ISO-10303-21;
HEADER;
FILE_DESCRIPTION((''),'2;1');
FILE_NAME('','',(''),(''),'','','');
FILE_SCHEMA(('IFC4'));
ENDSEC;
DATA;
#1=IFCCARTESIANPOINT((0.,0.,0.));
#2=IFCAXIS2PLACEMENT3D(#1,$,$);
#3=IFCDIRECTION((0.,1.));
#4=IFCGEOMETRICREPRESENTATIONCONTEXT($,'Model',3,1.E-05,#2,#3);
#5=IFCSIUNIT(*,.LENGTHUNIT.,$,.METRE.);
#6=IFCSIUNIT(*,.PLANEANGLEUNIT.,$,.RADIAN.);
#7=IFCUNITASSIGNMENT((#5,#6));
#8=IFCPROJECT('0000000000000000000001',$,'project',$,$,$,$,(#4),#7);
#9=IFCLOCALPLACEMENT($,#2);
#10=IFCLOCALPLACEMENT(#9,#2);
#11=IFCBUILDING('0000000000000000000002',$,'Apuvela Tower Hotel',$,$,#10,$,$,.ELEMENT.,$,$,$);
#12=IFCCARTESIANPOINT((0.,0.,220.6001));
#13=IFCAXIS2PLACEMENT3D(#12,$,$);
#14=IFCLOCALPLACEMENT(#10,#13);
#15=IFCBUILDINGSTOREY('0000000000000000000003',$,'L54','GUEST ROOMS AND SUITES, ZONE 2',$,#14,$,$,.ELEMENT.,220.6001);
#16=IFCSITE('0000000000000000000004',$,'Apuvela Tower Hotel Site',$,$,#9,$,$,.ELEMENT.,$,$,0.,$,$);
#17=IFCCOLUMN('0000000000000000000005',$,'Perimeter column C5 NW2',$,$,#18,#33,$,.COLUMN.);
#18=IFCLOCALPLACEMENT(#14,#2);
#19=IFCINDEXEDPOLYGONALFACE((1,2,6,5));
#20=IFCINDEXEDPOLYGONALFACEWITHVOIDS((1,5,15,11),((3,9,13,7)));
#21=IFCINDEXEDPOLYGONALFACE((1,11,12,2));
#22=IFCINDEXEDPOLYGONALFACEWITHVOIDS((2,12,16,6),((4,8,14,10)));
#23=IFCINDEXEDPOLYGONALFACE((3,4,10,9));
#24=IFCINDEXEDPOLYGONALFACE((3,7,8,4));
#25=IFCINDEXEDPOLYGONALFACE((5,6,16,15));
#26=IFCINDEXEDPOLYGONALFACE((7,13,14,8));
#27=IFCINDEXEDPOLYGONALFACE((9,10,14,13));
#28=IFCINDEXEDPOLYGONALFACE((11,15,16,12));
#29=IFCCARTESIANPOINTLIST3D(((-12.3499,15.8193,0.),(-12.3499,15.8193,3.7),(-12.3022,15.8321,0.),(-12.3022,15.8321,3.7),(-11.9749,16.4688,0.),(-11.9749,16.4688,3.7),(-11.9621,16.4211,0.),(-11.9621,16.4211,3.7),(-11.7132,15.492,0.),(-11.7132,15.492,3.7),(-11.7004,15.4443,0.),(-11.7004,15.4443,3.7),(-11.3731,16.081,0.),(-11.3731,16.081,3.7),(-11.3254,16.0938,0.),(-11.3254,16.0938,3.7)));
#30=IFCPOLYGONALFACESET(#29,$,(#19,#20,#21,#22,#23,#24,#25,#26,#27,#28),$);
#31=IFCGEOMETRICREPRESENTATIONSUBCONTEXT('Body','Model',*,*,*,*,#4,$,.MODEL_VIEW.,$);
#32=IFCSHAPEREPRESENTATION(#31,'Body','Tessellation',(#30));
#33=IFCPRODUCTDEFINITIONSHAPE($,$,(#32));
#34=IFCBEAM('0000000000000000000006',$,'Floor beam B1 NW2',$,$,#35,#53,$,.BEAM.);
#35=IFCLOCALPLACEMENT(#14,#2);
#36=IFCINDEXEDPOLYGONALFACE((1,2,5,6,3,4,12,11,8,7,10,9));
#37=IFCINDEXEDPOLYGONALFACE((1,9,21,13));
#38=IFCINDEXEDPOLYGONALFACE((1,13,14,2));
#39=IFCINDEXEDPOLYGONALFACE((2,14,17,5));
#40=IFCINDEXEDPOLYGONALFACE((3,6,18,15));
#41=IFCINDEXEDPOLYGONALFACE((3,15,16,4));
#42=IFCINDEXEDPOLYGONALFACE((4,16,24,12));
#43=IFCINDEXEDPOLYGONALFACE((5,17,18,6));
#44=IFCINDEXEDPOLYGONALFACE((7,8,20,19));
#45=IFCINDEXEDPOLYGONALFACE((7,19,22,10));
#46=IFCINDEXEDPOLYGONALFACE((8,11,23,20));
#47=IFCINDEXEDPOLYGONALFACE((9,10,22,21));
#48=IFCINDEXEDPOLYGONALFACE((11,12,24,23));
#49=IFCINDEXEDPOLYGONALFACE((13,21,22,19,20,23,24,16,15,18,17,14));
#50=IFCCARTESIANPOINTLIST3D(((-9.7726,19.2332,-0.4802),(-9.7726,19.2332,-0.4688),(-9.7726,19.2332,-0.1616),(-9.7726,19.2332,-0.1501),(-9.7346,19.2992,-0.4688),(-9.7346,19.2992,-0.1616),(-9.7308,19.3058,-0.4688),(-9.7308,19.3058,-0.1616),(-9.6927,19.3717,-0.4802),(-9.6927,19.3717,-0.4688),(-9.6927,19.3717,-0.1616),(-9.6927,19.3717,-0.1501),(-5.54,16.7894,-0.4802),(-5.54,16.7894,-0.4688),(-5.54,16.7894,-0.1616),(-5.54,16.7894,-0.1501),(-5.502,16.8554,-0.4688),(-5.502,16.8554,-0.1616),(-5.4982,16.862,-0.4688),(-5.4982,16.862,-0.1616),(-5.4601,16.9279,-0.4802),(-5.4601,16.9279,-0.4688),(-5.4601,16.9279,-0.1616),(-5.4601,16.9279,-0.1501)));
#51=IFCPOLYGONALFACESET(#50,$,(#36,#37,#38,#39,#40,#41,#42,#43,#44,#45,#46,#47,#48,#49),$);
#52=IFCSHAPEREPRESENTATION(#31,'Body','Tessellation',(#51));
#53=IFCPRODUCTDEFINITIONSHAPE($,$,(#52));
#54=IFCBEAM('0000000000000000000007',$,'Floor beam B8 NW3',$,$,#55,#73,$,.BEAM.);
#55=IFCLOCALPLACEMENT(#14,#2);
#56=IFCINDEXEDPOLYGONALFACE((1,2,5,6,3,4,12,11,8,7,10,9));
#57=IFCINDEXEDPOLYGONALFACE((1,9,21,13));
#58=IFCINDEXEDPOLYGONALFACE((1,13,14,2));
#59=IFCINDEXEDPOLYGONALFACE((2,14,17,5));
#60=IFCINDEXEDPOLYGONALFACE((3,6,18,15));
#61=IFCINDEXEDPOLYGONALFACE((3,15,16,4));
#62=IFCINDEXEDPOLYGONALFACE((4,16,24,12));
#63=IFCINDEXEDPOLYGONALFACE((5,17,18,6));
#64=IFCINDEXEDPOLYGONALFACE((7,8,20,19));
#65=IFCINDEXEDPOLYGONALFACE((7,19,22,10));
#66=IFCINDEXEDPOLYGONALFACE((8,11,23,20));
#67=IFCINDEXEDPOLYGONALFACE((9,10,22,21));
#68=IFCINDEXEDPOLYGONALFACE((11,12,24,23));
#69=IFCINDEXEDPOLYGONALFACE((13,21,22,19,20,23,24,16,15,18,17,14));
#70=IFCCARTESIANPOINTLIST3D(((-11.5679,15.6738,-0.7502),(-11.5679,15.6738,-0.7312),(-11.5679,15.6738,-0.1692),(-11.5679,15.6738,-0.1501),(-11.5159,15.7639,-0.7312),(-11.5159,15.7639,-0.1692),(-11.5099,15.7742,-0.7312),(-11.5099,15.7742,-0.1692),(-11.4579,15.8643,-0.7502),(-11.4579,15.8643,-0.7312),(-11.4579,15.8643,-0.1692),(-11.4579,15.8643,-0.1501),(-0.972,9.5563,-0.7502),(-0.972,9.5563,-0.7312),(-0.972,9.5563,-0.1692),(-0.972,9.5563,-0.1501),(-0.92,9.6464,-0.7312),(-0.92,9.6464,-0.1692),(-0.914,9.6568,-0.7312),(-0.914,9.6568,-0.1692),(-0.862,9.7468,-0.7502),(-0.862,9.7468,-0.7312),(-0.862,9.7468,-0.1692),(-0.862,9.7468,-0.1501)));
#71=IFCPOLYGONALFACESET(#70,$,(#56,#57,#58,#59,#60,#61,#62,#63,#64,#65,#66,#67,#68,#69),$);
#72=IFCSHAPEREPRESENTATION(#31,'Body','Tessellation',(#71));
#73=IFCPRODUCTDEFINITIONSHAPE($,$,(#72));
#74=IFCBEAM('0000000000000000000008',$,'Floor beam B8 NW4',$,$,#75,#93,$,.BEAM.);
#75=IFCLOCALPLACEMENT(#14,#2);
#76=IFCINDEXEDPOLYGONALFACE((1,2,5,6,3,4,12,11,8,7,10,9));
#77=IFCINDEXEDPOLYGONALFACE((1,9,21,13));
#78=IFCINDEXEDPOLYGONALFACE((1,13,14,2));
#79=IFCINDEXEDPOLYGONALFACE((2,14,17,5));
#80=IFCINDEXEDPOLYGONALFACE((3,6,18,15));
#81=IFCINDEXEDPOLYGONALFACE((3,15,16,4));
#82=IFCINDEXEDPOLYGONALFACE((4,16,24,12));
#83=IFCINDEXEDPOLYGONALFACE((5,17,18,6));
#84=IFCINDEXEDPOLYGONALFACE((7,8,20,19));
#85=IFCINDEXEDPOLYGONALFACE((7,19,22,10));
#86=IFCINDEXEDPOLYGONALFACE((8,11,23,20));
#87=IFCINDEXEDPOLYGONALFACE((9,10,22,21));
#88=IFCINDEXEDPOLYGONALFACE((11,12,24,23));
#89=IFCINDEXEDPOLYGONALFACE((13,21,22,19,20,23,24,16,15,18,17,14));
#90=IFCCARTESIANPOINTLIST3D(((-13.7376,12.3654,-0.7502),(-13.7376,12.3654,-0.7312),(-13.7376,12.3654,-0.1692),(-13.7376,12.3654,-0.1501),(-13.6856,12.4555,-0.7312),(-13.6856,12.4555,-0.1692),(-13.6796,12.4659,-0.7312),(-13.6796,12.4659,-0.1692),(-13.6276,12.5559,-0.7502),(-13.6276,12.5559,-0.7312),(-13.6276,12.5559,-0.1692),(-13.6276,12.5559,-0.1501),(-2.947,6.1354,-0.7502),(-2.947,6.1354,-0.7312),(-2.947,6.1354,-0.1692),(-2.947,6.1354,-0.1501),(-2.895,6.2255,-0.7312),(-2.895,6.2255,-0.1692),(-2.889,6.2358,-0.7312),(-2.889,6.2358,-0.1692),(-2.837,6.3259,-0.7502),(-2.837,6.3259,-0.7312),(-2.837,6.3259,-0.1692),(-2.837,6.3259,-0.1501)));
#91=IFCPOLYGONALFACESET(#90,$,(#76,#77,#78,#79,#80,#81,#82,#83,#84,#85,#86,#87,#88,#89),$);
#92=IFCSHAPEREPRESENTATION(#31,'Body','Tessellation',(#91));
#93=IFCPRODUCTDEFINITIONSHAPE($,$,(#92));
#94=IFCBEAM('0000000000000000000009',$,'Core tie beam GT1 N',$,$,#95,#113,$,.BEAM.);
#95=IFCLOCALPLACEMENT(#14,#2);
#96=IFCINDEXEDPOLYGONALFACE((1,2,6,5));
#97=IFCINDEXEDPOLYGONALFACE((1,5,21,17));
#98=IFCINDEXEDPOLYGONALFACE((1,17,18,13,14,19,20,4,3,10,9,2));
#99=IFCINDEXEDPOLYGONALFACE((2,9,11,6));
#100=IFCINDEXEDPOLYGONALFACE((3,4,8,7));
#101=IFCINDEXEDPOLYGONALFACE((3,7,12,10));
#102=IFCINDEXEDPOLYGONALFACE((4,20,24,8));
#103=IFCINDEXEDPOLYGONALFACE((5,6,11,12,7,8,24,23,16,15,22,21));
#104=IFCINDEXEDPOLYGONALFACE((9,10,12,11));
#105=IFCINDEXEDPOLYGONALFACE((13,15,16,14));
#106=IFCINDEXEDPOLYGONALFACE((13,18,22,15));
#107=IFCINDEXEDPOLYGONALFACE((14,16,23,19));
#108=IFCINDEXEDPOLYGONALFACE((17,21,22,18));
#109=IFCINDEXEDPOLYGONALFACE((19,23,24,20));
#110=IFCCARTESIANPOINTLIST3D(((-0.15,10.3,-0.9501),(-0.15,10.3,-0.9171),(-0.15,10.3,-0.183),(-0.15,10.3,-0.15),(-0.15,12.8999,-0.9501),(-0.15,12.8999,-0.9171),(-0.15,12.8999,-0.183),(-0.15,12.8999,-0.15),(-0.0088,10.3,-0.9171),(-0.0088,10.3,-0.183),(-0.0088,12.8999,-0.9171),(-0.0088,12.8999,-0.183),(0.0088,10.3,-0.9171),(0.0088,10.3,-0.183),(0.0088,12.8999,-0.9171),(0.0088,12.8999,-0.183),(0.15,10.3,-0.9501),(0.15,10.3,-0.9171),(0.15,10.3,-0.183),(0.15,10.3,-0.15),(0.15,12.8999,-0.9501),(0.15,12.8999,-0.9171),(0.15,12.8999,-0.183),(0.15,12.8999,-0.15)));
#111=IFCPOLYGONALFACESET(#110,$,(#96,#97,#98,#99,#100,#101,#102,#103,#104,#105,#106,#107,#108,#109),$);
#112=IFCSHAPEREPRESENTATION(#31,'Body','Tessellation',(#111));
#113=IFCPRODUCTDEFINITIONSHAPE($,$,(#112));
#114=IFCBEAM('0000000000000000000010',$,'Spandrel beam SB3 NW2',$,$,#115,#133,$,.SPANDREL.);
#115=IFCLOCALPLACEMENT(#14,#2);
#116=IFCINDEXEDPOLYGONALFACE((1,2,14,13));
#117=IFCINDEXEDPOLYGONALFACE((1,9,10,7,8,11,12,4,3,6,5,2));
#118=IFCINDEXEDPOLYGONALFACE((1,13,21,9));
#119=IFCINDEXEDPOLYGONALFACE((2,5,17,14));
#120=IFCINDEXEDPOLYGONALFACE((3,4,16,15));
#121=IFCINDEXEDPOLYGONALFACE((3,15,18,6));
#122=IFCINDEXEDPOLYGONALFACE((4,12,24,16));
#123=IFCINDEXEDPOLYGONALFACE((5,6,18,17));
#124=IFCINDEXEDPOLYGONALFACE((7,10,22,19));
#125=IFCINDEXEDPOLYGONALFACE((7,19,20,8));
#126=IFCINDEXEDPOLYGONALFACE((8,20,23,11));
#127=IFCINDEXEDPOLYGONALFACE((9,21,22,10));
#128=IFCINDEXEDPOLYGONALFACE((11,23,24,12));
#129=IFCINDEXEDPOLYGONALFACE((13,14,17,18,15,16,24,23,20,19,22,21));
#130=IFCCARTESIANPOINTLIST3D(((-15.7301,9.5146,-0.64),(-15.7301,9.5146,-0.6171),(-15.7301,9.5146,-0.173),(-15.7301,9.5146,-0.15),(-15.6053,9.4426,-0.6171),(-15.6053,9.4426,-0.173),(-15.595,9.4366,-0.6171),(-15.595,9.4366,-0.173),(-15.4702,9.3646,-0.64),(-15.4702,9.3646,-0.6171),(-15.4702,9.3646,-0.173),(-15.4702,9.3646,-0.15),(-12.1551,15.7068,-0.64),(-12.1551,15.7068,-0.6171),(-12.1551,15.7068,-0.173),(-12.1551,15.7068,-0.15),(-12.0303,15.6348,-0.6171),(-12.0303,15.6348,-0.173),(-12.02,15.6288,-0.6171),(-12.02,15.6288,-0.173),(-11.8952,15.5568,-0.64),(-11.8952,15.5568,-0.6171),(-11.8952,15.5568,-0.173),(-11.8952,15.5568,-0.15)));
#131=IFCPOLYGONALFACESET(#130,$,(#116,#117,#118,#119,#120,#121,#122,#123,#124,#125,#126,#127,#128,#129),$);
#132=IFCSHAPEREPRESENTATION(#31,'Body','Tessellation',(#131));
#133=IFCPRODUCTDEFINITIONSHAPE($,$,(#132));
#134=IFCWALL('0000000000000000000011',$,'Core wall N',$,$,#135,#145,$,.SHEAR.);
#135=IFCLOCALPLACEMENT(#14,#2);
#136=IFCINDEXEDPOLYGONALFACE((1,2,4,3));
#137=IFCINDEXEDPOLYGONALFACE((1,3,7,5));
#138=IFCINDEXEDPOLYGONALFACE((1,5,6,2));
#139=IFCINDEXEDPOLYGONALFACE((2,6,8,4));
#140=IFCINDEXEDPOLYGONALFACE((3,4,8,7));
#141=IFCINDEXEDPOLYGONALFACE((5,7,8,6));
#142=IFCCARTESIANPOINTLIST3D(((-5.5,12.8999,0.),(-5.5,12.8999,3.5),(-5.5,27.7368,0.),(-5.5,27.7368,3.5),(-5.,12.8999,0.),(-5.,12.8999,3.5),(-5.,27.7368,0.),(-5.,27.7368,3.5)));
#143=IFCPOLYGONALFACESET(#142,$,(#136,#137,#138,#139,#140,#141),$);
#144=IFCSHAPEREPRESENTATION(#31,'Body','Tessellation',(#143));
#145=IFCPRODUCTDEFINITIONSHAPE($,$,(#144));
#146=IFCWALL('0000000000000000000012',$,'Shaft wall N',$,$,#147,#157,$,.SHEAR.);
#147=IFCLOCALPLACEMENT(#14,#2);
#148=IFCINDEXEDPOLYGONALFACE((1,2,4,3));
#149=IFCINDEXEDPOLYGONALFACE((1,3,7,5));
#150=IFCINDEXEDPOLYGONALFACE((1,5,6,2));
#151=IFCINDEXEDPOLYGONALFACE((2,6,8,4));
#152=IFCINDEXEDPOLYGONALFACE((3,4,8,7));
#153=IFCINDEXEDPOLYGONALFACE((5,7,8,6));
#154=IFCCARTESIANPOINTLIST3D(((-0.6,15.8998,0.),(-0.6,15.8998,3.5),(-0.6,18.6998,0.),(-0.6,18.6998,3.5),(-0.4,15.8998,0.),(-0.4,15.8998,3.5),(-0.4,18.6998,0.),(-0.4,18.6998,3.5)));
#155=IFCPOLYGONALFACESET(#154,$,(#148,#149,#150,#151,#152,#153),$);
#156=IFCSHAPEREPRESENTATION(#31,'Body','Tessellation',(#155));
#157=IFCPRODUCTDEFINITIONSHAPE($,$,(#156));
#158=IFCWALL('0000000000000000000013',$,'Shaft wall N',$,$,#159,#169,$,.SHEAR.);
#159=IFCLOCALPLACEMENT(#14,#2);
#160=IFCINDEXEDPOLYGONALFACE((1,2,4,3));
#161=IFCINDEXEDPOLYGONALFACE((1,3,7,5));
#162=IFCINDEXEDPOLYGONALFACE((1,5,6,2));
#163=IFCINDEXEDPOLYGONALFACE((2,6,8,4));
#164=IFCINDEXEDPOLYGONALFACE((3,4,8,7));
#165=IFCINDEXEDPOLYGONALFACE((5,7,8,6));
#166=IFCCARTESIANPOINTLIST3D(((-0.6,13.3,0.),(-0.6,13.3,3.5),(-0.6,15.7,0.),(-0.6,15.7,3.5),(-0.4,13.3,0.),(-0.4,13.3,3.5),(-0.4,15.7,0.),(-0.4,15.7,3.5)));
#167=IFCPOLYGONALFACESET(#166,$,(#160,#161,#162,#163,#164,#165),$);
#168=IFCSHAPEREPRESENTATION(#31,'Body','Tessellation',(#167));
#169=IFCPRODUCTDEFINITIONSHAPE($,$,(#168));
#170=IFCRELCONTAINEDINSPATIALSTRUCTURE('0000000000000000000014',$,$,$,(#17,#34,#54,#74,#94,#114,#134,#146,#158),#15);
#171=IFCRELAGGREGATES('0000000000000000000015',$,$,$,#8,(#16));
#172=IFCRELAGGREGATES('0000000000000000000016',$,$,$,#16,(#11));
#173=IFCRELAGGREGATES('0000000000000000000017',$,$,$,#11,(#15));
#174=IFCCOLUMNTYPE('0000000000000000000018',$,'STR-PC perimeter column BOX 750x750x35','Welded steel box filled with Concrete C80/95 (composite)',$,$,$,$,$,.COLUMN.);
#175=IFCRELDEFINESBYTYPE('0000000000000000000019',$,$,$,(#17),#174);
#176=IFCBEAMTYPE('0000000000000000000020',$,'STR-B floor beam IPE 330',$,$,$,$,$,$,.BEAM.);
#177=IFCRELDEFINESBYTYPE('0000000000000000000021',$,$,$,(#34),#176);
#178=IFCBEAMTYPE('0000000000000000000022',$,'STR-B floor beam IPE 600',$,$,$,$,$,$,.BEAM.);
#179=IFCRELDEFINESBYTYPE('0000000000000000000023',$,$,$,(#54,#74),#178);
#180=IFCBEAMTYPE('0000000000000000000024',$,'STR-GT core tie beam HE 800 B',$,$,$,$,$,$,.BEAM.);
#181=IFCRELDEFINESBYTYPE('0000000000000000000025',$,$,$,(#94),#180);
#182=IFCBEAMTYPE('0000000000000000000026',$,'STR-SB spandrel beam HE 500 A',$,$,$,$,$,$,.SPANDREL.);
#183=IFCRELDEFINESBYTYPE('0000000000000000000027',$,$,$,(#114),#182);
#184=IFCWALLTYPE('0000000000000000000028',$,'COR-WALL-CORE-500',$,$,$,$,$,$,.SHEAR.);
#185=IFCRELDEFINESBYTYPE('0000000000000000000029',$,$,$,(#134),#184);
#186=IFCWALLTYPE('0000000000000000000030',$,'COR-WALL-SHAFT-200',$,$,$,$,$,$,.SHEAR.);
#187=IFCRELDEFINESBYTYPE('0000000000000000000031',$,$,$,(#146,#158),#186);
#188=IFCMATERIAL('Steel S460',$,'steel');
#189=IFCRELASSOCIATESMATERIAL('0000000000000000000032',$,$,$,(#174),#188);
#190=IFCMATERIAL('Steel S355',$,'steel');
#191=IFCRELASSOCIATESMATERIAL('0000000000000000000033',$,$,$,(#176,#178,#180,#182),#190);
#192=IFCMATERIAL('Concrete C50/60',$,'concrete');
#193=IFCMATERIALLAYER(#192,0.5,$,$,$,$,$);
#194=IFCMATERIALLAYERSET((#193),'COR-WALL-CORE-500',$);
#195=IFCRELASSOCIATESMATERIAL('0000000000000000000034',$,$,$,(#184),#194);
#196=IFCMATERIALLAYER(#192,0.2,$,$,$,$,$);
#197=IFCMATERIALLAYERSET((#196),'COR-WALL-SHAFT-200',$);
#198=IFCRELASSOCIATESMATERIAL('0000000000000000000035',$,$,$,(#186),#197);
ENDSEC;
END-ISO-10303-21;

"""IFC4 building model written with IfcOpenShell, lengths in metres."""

from ifc_helpers import new_model, si_unit, direction, frame, frame_2d, origin, origin_2d, place, context, subcontext, project, spatial, rectangle, hollow_rectangle, i_section, extrude, material, layer, layer_set, material_profile, profile_set, type_object, element, save


model = new_model("IFC4")

# Units and contexts
model_context = context("Model", 3, precision=1e-05, world=origin(), true_north=direction((0.0, 1.0)))
body_context = subcontext(model_context, "Body", "Model", "MODEL_VIEW")
ifc_project = project(units=[si_unit("LENGTHUNIT", "METRE"), si_unit("PLANEANGLEUNIT", "RADIAN")], contexts=[model_context])

# Site, building, storey
site_placement = place(None, origin())
site = spatial("IfcSite", under=ifc_project, at=site_placement, Name="Apuvela Tower Hotel Site", CompositionType="ELEMENT", RefElevation=0.0)
building_placement = place(site_placement, origin())
building = spatial("IfcBuilding", under=site, at=building_placement, Name="Apuvela Tower Hotel", CompositionType="ELEMENT")
storey_placement = place(building_placement, frame((0.0, 0.0, 220.6001)))
storey = spatial("IfcBuildingStorey", under=building, at=storey_placement, Name="L54", Description="GUEST ROOMS AND SUITES, ZONE 2", CompositionType="ELEMENT", Elevation=220.6001)

# Column
ifc_material_1 = material(Name="Steel S460", Category="steel")
ifc_material_profile_1 = material_profile(ifc_material_1, hollow_rectangle(XDim=0.75, YDim=0.75, WallThickness=0.0349, at=origin_2d()), Name="BOX 750x750x35")
ifc_material_2 = material(Name="Concrete C80/95", Category="concrete")
ifc_material_profile_2 = material_profile(ifc_material_2, rectangle(XDim=0.6799, YDim=0.6799, at=origin_2d()), Name="Concrete C80/95 infill")
ifc_profile_set_1 = profile_set([ifc_material_profile_1, ifc_material_profile_2], Name="Steel S460")
column_type = type_object("IfcColumnType", Name="STR-PC perimeter column BOX 750x750x35", Description="Welded steel box filled with Concrete C80/95 (composite)", PredefinedType="COLUMN", material=ifc_profile_set_1)
column_placement = place(storey_placement, frame((-11.8376, 15.9565, 0.0), z_axis=(0.0, 0.0, 1.0), x_axis=(0.5, 0.866025, 0.0)))
element("IfcColumn", 1, at=column_placement, inside=storey, type_object=column_type, Name="Perimeter column C5 NW2", PredefinedType="COLUMN", context=body_context, shape_type="SweptSolid", body=[
    extrude(hollow_rectangle(XDim=0.75, YDim=0.75, WallThickness=0.0349, at=origin_2d()), origin(), (0.0, 0.0, 1.0), 3.7),
])

# Beams
ifc_material_3 = material(Name="Steel S355", Category="steel")
ifc_material_profile_3 = material_profile(ifc_material_3, i_section(OverallWidth=0.1599, OverallDepth=0.3301, WebThickness=0.0076, FlangeThickness=0.0115, at=origin_2d()), Name="IPE 330")
ifc_profile_set_2 = profile_set([ifc_material_profile_3], Name="Steel S355")
beam_type_1 = type_object("IfcBeamType", Name="STR-B floor beam IPE 330", PredefinedType="BEAM", material=ifc_profile_set_2)
beam_1_placement = place(storey_placement, frame((-9.7327, 19.3025, -0.3152), z_axis=(0.866015, -0.500018, 0.0), x_axis=(0.500018, 0.866015, 0.0)))
element("IfcBeam", 2, at=beam_1_placement, inside=storey, type_object=beam_type_1, Name="Floor beam B1 NW2", PredefinedType="BEAM", context=body_context, shape_type="SweptSolid", body=[
    extrude(i_section(OverallWidth=0.1599, OverallDepth=0.3301, WebThickness=0.0076, FlangeThickness=0.0115, at=origin_2d()), origin(), (0.0, 0.0, 1.0), 4.8875),
])
ifc_material_profile_4 = material_profile(ifc_material_3, i_section(OverallWidth=0.22, OverallDepth=0.6001, WebThickness=0.012, FlangeThickness=0.019, at=origin_2d()), Name="IPE 600")
ifc_profile_set_3 = profile_set([ifc_material_profile_4], Name="Steel S355")
beam_type_2 = type_object("IfcBeamType", Name="STR-B floor beam IPE 600", PredefinedType="BEAM", material=ifc_profile_set_3)
beam_2_placement = place(storey_placement, frame((-11.5129, 15.769, -0.4502), z_axis=(0.86603, -0.499991, 0.0), x_axis=(0.499991, 0.86603, 0.0)))
element("IfcBeam", 3, at=beam_2_placement, inside=storey, type_object=beam_type_2, Name="Floor beam B8 NW3", PredefinedType="BEAM", context=body_context, shape_type="SweptSolid", body=[
    extrude(i_section(OverallWidth=0.22, OverallDepth=0.6001, WebThickness=0.012, FlangeThickness=0.019, at=origin_2d()), origin(), (0.0, 0.0, 1.0), 12.2351),
])
beam_3_placement = place(storey_placement, frame((-13.6826, 12.4607, -0.4502), z_axis=(0.866023, -0.500004, 0.0), x_axis=(0.500004, 0.866023, 0.0)))
element("IfcBeam", 4, at=beam_3_placement, inside=storey, type_object=beam_type_2, Name="Floor beam B8 NW4", PredefinedType="BEAM", context=body_context, shape_type="SweptSolid", body=[
    extrude(i_section(OverallWidth=0.22, OverallDepth=0.6001, WebThickness=0.012, FlangeThickness=0.019, at=origin_2d()), origin(), (0.0, 0.0, 1.0), 12.46),
])
ifc_material_profile_5 = material_profile(ifc_material_3, i_section(OverallWidth=0.3, OverallDepth=0.8, WebThickness=0.0176, FlangeThickness=0.033, at=origin_2d()), Name="HE 800 B")
ifc_profile_set_4 = profile_set([ifc_material_profile_5], Name="Steel S355")
beam_type_3 = type_object("IfcBeamType", Name="STR-GT core tie beam HE 800 B", PredefinedType="BEAM", material=ifc_profile_set_4)
beam_4_placement = place(storey_placement, frame((0.0, 12.8999, -0.55), z_axis=(0.0, -1.0, 0.0), x_axis=(1.0, 0.0, 0.0)))
element("IfcBeam", 5, at=beam_4_placement, inside=storey, type_object=beam_type_3, Name="Core tie beam GT1 N", PredefinedType="BEAM", context=body_context, shape_type="SweptSolid", body=[
    extrude(i_section(OverallWidth=0.3, OverallDepth=0.8, WebThickness=0.0176, FlangeThickness=0.033, at=origin_2d()), origin(), (0.0, 0.0, 1.0), 2.5999),
])
ifc_material_profile_6 = material_profile(ifc_material_3, i_section(OverallWidth=0.3, OverallDepth=0.49, WebThickness=0.012, FlangeThickness=0.0229, at=origin_2d()), Name="HE 500 A")
ifc_profile_set_5 = profile_set([ifc_material_profile_6], Name="Steel S355")
beam_type_4 = type_object("IfcBeamType", Name="STR-SB spandrel beam HE 500 A", PredefinedType="SPANDREL", material=ifc_profile_set_5)
beam_5_placement = place(storey_placement, frame((-12.0251, 15.6318, -0.395), z_axis=(-0.499991, -0.86603, 0.0), x_axis=(0.86603, -0.499991, 0.0)))
element("IfcBeam", 6, at=beam_5_placement, inside=storey, type_object=beam_type_4, Name="Spandrel beam SB3 NW2", PredefinedType="SPANDREL", context=body_context, shape_type="SweptSolid", body=[
    extrude(i_section(OverallWidth=0.3, OverallDepth=0.49, WebThickness=0.012, FlangeThickness=0.0229, at=origin_2d()), origin(), (0.0, 0.0, 1.0), 7.1501),
])

# Walls
ifc_material_4 = material(Name="Concrete C50/60", Category="concrete")
ifc_layer_1 = layer(ifc_material_4, 0.5)
ifc_layer_set_1 = layer_set([ifc_layer_1], Name="COR-WALL-CORE-500")
wall_type_1 = type_object("IfcWallType", Name="COR-WALL-CORE-500", PredefinedType="SHEAR", material=ifc_layer_set_1)
wall_1_placement = place(storey_placement, frame((-5.25, 12.8999, 0.0), z_axis=(0.0, 0.0, 1.0), x_axis=(0.0, 1.0, 0.0)))
element("IfcWall", 7, at=wall_1_placement, inside=storey, type_object=wall_type_1, Name="Core wall N", PredefinedType="SHEAR", context=body_context, shape_type="SweptSolid", body=[
    extrude(rectangle(XDim=14.8369, YDim=0.5, at=frame_2d((7.4185, 0.0))), origin(), (0.0, 0.0, 1.0), 3.5),
])
ifc_layer_2 = layer(ifc_material_4, 0.2)
ifc_layer_set_2 = layer_set([ifc_layer_2], Name="COR-WALL-SHAFT-200")
wall_type_2 = type_object("IfcWallType", Name="COR-WALL-SHAFT-200", PredefinedType="SHEAR", material=ifc_layer_set_2)
wall_2_placement = place(storey_placement, frame((-0.5, 15.8999, 0.0), z_axis=(0.0, 0.0, 1.0), x_axis=(0.0, 1.0, 0.0)))
element("IfcWall", 8, at=wall_2_placement, inside=storey, type_object=wall_type_2, Name="Shaft wall N", PredefinedType="SHEAR", context=body_context, shape_type="SweptSolid", body=[
    extrude(rectangle(XDim=2.8, YDim=0.2, at=frame_2d((1.3999, 0.0))), origin(), (0.0, 0.0, 1.0), 3.5),
])
wall_3_placement = place(storey_placement, frame((-0.5, 13.3, 0.0), z_axis=(0.0, 0.0, 1.0), x_axis=(0.0, 1.0, 0.0)))
element("IfcWall", 9, at=wall_3_placement, inside=storey, type_object=wall_type_2, Name="Shaft wall N", PredefinedType="SHEAR", context=body_context, shape_type="SweptSolid", body=[
    extrude(rectangle(XDim=2.3999, YDim=0.2, at=frame_2d((1.2, 0.0))), origin(), (0.0, 0.0, 1.0), 3.5),
])

save(model, "model.ifc")
